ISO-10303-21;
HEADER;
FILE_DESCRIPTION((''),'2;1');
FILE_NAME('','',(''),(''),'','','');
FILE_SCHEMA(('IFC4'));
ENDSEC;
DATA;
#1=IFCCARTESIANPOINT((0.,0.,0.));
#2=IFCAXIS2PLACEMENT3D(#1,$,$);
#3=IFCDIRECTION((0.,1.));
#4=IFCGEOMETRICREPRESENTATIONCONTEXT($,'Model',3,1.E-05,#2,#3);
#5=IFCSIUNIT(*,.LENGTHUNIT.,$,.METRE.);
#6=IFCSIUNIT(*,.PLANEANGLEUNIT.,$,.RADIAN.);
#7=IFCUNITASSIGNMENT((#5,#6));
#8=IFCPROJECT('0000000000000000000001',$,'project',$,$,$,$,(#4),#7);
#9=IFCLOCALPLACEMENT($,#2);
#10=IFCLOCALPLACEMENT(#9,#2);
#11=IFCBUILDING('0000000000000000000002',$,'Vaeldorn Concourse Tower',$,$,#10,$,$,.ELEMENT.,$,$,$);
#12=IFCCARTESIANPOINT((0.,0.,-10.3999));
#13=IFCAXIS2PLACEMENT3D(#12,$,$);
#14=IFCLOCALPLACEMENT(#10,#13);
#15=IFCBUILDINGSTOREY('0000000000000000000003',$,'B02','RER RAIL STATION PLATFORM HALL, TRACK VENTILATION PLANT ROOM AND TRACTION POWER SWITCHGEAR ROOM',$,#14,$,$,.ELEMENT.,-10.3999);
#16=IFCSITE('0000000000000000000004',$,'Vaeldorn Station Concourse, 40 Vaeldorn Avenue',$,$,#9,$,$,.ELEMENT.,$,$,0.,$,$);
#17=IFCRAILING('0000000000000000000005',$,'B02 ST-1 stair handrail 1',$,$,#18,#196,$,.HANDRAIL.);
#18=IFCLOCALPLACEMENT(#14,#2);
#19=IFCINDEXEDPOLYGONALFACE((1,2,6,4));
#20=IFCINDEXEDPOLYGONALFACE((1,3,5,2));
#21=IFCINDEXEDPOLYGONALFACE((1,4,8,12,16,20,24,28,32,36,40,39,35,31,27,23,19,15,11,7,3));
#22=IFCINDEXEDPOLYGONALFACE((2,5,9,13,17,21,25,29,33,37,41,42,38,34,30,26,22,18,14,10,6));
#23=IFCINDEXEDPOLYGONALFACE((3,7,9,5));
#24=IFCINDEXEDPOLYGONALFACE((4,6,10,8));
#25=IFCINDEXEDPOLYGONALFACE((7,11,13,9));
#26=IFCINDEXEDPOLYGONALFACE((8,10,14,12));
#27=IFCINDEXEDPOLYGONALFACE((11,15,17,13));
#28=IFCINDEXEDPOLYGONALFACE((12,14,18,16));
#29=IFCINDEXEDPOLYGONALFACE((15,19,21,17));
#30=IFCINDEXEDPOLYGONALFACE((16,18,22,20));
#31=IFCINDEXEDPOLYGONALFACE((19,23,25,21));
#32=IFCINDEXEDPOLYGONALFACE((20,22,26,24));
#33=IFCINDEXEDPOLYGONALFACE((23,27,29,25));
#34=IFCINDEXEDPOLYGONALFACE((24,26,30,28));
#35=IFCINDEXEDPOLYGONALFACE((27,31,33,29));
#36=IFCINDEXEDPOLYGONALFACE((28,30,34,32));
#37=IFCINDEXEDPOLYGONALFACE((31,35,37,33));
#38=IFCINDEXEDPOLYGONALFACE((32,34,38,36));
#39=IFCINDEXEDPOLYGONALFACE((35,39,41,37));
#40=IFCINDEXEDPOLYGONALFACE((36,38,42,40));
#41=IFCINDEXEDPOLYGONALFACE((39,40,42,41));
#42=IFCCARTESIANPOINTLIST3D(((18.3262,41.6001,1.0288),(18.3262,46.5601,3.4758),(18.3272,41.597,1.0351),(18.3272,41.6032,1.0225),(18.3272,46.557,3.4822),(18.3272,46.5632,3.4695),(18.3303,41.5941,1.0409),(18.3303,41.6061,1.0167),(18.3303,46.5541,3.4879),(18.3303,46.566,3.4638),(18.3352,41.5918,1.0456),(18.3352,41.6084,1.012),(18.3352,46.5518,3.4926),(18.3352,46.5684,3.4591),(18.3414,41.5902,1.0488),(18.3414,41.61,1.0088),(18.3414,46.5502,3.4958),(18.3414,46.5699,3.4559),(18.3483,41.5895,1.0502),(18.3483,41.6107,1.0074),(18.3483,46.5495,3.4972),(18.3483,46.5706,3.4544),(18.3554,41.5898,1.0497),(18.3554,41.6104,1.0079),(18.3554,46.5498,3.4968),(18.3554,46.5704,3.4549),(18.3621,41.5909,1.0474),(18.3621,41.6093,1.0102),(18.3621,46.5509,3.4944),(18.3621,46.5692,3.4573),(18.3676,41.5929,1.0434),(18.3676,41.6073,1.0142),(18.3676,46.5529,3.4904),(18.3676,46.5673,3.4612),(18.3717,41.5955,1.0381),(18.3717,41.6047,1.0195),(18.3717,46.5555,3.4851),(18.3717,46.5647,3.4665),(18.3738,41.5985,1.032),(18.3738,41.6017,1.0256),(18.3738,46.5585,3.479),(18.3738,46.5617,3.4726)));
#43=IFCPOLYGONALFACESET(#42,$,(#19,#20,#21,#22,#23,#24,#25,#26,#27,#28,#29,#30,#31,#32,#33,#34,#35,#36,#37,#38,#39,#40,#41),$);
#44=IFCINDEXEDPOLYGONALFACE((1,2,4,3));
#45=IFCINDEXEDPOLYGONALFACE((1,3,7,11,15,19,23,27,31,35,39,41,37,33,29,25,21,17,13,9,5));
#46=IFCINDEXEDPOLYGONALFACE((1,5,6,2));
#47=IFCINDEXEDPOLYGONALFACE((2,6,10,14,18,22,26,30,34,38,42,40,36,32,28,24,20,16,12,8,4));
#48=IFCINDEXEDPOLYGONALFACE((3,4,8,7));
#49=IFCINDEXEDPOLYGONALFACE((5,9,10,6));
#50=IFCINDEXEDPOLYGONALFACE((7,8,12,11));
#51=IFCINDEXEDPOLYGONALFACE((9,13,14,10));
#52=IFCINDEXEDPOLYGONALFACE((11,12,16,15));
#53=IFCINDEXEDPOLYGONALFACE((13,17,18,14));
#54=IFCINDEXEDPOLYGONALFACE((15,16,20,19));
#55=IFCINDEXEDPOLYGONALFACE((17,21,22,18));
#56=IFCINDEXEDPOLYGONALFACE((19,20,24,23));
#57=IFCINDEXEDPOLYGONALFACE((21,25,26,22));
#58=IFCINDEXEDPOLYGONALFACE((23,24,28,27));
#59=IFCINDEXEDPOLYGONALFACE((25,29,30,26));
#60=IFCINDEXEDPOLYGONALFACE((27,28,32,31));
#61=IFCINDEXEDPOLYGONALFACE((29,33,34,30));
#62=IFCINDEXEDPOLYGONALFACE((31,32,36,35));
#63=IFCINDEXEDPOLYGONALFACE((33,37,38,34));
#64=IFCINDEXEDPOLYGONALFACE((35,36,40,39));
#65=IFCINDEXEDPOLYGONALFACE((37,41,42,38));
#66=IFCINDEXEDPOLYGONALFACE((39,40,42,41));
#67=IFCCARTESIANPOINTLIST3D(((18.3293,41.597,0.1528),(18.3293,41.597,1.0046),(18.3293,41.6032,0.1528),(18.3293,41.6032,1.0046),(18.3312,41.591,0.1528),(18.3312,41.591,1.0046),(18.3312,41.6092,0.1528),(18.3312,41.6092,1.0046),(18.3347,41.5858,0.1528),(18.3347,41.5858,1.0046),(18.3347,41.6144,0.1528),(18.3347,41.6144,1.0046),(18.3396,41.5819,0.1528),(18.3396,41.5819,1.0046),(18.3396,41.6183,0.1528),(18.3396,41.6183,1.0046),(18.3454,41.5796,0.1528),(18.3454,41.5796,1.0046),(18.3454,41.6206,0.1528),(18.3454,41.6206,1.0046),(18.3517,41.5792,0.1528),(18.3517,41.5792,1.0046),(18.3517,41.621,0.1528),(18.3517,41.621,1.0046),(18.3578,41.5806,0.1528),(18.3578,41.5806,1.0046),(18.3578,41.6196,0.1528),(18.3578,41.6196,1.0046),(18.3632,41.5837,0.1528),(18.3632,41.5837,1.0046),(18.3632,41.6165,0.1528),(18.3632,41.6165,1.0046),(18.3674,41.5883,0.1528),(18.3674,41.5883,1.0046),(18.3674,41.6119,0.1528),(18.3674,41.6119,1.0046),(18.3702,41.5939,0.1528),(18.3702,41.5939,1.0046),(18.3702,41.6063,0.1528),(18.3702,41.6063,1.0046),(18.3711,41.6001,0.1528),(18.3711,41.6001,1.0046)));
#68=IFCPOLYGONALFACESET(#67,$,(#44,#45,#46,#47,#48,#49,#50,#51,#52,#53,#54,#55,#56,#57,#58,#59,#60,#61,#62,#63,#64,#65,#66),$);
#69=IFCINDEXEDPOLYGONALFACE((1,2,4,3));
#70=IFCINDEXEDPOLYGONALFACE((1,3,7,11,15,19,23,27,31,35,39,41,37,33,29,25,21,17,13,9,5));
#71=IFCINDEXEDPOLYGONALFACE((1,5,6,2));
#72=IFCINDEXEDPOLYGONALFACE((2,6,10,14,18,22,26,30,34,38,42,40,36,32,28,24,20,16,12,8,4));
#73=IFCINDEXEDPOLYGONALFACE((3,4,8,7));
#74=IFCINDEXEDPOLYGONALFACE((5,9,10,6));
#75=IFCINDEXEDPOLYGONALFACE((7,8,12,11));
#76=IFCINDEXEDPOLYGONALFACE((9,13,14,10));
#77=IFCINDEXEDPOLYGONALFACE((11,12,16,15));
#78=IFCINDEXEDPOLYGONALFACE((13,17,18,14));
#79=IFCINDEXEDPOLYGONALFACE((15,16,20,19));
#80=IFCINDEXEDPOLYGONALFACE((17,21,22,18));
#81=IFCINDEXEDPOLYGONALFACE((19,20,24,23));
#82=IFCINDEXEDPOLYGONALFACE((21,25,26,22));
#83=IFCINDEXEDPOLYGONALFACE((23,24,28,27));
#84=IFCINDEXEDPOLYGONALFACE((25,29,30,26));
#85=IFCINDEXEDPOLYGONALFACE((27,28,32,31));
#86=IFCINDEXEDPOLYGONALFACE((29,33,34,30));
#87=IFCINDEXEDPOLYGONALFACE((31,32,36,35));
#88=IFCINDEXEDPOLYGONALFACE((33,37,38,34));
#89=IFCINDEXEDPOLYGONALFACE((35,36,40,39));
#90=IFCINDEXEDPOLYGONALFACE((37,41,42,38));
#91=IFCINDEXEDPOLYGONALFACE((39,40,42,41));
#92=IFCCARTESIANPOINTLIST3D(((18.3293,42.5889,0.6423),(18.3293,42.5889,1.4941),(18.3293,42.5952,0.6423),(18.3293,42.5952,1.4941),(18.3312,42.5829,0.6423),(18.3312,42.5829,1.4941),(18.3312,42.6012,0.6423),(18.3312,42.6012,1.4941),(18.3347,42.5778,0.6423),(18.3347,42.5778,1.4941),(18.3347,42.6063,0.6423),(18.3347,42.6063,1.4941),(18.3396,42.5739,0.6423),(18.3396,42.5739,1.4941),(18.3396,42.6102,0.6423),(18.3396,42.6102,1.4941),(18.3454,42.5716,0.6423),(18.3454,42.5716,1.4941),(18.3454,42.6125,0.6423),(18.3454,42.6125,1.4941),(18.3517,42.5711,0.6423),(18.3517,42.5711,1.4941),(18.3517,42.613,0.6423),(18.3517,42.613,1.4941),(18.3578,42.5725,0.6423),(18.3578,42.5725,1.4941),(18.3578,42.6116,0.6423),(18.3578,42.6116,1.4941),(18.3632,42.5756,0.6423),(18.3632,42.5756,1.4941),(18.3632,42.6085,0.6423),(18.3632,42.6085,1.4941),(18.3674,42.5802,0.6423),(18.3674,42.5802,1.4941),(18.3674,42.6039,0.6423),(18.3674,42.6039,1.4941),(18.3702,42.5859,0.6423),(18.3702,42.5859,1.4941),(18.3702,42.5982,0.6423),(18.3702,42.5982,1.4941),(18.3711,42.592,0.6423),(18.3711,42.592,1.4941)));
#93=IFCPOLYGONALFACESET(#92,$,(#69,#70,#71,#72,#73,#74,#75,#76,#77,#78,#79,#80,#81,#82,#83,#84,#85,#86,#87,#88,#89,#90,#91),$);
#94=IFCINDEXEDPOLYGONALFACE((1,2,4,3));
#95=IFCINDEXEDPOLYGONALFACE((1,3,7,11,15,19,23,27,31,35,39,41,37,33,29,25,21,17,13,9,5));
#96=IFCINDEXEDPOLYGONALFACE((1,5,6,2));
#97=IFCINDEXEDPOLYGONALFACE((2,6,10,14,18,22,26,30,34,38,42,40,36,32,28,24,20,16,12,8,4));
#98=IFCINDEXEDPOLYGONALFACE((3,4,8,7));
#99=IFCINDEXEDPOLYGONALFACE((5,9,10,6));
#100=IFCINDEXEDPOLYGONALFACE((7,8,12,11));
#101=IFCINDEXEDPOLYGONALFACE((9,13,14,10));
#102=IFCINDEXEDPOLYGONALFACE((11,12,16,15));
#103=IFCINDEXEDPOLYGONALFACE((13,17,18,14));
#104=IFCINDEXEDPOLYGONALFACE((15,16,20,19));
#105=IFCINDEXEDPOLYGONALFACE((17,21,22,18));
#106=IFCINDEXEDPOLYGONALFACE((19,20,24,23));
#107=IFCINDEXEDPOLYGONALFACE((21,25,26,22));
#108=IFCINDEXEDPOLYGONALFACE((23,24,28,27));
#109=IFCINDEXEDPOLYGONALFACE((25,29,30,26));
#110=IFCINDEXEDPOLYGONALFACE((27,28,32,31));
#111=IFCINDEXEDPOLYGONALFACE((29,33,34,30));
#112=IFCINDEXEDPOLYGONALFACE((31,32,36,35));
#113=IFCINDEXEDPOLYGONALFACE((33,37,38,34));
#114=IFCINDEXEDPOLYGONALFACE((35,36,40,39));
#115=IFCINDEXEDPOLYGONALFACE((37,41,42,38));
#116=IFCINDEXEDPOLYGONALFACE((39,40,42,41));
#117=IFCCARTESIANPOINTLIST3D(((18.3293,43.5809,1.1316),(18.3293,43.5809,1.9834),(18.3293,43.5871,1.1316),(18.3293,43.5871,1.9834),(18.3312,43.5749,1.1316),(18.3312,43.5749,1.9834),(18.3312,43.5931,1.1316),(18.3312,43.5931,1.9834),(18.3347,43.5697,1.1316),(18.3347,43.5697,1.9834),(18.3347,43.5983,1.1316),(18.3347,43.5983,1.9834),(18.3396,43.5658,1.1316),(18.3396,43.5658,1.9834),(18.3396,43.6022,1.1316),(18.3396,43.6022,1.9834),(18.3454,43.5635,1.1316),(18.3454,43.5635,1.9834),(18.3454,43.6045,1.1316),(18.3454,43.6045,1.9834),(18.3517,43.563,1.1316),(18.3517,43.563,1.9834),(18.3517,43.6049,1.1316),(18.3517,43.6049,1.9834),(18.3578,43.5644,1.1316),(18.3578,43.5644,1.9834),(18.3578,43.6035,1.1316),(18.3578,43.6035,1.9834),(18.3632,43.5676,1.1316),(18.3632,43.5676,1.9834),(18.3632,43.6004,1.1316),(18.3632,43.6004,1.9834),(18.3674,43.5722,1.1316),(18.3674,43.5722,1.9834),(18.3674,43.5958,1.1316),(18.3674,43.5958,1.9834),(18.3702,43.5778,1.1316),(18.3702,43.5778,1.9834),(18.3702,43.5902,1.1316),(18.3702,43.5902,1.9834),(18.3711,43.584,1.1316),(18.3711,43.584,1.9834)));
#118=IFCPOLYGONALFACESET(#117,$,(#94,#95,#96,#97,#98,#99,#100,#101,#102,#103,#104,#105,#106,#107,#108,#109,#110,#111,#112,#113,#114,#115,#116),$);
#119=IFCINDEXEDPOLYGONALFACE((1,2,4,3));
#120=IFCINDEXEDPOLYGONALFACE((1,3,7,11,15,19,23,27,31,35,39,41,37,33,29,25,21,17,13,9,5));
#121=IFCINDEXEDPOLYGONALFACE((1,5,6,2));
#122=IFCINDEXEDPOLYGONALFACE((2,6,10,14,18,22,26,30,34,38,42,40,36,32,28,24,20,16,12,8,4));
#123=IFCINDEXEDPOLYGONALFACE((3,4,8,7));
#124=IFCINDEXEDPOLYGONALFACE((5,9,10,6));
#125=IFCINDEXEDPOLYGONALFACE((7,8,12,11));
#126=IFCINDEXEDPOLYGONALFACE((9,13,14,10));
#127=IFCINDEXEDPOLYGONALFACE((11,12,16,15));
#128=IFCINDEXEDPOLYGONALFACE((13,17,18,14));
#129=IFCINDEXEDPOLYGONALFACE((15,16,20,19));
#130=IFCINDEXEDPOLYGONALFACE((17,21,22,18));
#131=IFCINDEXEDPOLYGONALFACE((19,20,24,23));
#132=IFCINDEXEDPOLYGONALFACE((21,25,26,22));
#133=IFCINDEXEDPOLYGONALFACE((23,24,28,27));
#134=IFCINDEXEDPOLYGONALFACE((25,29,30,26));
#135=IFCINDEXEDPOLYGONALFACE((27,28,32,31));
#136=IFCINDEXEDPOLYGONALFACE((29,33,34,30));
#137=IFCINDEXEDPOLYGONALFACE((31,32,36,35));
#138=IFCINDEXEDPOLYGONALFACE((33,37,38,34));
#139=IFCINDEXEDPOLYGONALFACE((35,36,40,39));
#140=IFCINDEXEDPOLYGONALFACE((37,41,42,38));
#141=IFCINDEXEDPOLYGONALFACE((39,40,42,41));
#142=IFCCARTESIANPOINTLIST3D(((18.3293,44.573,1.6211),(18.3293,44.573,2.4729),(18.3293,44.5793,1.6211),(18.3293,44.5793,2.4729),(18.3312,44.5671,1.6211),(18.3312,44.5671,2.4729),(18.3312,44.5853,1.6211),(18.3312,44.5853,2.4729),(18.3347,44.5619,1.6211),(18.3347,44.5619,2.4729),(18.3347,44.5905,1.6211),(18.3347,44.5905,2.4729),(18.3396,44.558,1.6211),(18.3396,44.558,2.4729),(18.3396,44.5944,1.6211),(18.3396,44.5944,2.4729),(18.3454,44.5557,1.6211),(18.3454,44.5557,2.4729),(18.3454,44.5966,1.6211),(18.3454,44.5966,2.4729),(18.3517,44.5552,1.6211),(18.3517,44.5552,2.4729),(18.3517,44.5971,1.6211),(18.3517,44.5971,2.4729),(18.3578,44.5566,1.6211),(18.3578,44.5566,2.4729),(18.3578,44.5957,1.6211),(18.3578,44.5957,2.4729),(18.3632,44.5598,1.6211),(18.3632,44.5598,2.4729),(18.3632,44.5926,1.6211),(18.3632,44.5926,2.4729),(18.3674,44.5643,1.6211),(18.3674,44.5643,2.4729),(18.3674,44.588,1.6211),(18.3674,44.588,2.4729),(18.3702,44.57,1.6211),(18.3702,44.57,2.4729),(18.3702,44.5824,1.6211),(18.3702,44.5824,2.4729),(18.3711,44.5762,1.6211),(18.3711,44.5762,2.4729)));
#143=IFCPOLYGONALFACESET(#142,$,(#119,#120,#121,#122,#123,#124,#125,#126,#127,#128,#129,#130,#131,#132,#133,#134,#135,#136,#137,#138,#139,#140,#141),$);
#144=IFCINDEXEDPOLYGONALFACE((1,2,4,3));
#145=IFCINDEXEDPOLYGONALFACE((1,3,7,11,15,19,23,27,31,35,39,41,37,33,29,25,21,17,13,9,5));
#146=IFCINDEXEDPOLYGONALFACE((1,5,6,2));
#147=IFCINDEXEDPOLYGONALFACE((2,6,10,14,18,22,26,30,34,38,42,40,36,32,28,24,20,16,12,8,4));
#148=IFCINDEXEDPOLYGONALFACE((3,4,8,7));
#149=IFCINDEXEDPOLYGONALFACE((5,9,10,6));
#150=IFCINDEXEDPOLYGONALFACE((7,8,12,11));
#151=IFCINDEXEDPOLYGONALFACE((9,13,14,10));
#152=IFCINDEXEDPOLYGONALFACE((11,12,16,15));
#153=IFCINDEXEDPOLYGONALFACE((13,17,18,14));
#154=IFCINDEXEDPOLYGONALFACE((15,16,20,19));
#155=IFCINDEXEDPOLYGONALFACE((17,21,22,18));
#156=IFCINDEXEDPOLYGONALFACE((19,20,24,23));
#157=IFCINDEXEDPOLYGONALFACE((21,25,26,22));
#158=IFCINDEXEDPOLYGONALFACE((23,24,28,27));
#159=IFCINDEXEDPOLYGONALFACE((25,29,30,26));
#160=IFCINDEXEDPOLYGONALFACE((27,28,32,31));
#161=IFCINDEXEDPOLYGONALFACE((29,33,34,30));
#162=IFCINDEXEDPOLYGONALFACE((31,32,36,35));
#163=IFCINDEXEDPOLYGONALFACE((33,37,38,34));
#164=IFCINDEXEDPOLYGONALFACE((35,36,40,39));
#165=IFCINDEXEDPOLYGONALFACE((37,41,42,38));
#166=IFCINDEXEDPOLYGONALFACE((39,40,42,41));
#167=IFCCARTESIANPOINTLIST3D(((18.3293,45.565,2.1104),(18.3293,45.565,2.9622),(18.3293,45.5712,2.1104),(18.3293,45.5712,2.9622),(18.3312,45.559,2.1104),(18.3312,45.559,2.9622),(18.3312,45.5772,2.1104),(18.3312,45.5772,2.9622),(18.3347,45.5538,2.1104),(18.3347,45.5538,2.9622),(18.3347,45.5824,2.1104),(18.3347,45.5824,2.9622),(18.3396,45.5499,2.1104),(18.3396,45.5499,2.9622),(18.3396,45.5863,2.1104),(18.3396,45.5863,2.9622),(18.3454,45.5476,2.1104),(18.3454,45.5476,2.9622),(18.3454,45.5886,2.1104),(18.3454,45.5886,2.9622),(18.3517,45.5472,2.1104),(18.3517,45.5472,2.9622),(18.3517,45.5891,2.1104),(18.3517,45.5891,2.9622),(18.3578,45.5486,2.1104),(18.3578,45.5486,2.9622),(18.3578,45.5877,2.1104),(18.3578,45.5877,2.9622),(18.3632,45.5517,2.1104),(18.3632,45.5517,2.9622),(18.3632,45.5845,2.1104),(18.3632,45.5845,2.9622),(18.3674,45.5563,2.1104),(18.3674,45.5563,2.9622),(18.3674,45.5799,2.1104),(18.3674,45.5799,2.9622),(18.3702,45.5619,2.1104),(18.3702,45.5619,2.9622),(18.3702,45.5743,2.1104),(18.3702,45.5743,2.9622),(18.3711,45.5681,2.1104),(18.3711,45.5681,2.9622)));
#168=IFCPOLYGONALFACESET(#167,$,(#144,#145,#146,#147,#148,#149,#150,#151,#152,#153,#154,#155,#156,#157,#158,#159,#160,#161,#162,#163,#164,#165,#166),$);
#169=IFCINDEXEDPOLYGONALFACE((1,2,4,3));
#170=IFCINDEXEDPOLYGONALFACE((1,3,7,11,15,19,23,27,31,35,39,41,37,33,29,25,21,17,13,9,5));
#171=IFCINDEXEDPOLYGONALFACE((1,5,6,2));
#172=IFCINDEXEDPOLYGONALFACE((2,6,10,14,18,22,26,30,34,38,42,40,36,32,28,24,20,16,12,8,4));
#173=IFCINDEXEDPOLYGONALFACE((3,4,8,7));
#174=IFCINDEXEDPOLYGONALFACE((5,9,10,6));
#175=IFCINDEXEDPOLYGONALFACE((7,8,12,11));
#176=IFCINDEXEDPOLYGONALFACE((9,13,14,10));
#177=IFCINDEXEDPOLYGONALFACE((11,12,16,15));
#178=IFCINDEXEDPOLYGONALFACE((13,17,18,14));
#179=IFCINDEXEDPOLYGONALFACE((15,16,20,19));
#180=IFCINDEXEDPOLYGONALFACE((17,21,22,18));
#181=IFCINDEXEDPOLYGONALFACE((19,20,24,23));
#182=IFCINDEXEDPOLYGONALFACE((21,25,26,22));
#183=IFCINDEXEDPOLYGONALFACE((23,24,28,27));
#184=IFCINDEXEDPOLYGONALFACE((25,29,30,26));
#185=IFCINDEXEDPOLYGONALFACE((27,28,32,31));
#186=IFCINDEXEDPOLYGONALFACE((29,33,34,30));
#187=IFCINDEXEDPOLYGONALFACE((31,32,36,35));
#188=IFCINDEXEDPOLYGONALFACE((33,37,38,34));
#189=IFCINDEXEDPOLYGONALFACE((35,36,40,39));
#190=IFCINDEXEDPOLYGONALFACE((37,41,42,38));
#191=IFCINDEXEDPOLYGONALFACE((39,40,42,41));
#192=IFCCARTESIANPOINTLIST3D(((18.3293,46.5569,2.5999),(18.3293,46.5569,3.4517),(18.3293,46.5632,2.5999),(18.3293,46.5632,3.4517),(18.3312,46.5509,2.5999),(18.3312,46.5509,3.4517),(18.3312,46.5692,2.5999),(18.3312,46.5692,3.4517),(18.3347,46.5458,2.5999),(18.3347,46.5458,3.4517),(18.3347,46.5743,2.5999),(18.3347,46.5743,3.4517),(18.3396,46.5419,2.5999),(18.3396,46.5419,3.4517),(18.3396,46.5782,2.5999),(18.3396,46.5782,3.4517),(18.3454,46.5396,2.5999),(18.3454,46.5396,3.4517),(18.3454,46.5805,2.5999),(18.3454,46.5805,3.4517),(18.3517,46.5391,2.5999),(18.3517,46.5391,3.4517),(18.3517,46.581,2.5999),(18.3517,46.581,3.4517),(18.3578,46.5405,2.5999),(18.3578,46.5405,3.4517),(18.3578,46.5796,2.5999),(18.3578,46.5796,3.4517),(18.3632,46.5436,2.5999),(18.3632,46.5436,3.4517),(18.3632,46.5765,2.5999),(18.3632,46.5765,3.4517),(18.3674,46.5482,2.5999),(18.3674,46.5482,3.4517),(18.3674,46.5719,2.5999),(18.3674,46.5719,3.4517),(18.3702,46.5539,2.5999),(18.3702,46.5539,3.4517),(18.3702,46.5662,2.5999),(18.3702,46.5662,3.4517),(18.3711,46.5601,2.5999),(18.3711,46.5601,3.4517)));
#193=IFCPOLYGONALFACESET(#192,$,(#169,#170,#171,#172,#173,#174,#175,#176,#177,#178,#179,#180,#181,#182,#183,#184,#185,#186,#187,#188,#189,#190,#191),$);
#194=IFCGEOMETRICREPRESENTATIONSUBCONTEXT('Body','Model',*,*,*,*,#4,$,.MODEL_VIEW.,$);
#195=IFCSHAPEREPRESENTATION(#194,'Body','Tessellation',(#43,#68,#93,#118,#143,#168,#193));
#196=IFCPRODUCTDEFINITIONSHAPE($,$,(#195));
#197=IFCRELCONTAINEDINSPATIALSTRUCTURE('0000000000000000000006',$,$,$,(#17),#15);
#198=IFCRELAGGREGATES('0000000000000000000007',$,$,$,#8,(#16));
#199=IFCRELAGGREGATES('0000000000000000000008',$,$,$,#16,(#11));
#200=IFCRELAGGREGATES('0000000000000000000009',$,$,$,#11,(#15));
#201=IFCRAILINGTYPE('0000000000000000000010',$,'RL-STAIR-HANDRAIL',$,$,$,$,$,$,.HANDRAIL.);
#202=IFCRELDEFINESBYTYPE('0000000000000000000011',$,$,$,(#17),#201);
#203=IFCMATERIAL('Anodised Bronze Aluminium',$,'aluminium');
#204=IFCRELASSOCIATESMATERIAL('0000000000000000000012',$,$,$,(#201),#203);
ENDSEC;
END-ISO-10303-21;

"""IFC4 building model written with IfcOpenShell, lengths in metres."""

from ifc_helpers import new_model, si_unit, direction, frame, origin, origin_2d, place, context, subcontext, project, spatial, circle, extrude, material, type_object, element, save


model = new_model("IFC4")

# Units and contexts
model_context = context("Model", 3, precision=1e-05, world=origin(), true_north=direction((0.0, 1.0)))
body_context = subcontext(model_context, "Body", "Model", "MODEL_VIEW")
ifc_project = project(units=[si_unit("LENGTHUNIT", "METRE"), si_unit("PLANEANGLEUNIT", "RADIAN")], contexts=[model_context])

# Site, building, storey
site_placement = place(None, origin())
site = spatial("IfcSite", under=ifc_project, at=site_placement, Name="Vaeldorn Station Concourse, 40 Vaeldorn Avenue", CompositionType="ELEMENT", RefElevation=0.0)
building_placement = place(site_placement, origin())
building = spatial("IfcBuilding", under=site, at=building_placement, Name="Vaeldorn Concourse Tower", CompositionType="ELEMENT")
storey_placement = place(building_placement, frame((0.0, 0.0, -10.3999)))
storey = spatial("IfcBuildingStorey", under=building, at=storey_placement, Name="B02", Description="RER RAIL STATION PLATFORM HALL, TRACK VENTILATION PLANT ROOM AND TRACTION POWER SWITCHGEAR ROOM", CompositionType="ELEMENT", Elevation=-10.3999)

# Shared definitions
ifc_material_1 = material(Name="Anodised Bronze Aluminium", Category="aluminium")

# Railing
railing_type_1 = type_object("IfcRailingType", Name="RL-STAIR-HANDRAIL", PredefinedType="HANDRAIL", material=ifc_material_1)
railing_1_placement = place(storey_placement, frame((18.3501, 41.6001, 0.1528)))
element("IfcRailing", 1, at=railing_1_placement, inside=storey, type_object=railing_type_1, Name="B02 ST-1 stair handrail 1", PredefinedType="HANDRAIL", context=body_context, shape_type="SweptSolid", body=[
    extrude(circle(Radius=0.0239, at=origin_2d()), frame((0.0, 0.0, 0.876), z_axis=(0.0, 0.896798, 0.44244), x_axis=(-1.0, 0.0, 0.0)), (0.0, 0.0, 1.0), 5.5308),
    extrude(circle(Radius=0.021, at=origin_2d()), origin(), (0.0, 0.0, 1.0), 0.8518),
    extrude(circle(Radius=0.021, at=origin_2d()), frame((0.0, 0.9919, 0.4895)), (0.0, 0.0, 1.0), 0.8518),
    extrude(circle(Radius=0.021, at=origin_2d()), frame((0.0, 1.9839, 0.9788)), (0.0, 0.0, 1.0), 0.8518),
    extrude(circle(Radius=0.021, at=origin_2d()), frame((0.0, 2.9761, 1.4683)), (0.0, 0.0, 1.0), 0.8518),
    extrude(circle(Radius=0.021, at=origin_2d()), frame((0.0, 3.968, 1.9575)), (0.0, 0.0, 1.0), 0.8518),
    extrude(circle(Radius=0.021, at=origin_2d()), frame((0.0, 4.96, 2.447)), (0.0, 0.0, 1.0), 0.8518),
])

save(model, "model.ifc")
